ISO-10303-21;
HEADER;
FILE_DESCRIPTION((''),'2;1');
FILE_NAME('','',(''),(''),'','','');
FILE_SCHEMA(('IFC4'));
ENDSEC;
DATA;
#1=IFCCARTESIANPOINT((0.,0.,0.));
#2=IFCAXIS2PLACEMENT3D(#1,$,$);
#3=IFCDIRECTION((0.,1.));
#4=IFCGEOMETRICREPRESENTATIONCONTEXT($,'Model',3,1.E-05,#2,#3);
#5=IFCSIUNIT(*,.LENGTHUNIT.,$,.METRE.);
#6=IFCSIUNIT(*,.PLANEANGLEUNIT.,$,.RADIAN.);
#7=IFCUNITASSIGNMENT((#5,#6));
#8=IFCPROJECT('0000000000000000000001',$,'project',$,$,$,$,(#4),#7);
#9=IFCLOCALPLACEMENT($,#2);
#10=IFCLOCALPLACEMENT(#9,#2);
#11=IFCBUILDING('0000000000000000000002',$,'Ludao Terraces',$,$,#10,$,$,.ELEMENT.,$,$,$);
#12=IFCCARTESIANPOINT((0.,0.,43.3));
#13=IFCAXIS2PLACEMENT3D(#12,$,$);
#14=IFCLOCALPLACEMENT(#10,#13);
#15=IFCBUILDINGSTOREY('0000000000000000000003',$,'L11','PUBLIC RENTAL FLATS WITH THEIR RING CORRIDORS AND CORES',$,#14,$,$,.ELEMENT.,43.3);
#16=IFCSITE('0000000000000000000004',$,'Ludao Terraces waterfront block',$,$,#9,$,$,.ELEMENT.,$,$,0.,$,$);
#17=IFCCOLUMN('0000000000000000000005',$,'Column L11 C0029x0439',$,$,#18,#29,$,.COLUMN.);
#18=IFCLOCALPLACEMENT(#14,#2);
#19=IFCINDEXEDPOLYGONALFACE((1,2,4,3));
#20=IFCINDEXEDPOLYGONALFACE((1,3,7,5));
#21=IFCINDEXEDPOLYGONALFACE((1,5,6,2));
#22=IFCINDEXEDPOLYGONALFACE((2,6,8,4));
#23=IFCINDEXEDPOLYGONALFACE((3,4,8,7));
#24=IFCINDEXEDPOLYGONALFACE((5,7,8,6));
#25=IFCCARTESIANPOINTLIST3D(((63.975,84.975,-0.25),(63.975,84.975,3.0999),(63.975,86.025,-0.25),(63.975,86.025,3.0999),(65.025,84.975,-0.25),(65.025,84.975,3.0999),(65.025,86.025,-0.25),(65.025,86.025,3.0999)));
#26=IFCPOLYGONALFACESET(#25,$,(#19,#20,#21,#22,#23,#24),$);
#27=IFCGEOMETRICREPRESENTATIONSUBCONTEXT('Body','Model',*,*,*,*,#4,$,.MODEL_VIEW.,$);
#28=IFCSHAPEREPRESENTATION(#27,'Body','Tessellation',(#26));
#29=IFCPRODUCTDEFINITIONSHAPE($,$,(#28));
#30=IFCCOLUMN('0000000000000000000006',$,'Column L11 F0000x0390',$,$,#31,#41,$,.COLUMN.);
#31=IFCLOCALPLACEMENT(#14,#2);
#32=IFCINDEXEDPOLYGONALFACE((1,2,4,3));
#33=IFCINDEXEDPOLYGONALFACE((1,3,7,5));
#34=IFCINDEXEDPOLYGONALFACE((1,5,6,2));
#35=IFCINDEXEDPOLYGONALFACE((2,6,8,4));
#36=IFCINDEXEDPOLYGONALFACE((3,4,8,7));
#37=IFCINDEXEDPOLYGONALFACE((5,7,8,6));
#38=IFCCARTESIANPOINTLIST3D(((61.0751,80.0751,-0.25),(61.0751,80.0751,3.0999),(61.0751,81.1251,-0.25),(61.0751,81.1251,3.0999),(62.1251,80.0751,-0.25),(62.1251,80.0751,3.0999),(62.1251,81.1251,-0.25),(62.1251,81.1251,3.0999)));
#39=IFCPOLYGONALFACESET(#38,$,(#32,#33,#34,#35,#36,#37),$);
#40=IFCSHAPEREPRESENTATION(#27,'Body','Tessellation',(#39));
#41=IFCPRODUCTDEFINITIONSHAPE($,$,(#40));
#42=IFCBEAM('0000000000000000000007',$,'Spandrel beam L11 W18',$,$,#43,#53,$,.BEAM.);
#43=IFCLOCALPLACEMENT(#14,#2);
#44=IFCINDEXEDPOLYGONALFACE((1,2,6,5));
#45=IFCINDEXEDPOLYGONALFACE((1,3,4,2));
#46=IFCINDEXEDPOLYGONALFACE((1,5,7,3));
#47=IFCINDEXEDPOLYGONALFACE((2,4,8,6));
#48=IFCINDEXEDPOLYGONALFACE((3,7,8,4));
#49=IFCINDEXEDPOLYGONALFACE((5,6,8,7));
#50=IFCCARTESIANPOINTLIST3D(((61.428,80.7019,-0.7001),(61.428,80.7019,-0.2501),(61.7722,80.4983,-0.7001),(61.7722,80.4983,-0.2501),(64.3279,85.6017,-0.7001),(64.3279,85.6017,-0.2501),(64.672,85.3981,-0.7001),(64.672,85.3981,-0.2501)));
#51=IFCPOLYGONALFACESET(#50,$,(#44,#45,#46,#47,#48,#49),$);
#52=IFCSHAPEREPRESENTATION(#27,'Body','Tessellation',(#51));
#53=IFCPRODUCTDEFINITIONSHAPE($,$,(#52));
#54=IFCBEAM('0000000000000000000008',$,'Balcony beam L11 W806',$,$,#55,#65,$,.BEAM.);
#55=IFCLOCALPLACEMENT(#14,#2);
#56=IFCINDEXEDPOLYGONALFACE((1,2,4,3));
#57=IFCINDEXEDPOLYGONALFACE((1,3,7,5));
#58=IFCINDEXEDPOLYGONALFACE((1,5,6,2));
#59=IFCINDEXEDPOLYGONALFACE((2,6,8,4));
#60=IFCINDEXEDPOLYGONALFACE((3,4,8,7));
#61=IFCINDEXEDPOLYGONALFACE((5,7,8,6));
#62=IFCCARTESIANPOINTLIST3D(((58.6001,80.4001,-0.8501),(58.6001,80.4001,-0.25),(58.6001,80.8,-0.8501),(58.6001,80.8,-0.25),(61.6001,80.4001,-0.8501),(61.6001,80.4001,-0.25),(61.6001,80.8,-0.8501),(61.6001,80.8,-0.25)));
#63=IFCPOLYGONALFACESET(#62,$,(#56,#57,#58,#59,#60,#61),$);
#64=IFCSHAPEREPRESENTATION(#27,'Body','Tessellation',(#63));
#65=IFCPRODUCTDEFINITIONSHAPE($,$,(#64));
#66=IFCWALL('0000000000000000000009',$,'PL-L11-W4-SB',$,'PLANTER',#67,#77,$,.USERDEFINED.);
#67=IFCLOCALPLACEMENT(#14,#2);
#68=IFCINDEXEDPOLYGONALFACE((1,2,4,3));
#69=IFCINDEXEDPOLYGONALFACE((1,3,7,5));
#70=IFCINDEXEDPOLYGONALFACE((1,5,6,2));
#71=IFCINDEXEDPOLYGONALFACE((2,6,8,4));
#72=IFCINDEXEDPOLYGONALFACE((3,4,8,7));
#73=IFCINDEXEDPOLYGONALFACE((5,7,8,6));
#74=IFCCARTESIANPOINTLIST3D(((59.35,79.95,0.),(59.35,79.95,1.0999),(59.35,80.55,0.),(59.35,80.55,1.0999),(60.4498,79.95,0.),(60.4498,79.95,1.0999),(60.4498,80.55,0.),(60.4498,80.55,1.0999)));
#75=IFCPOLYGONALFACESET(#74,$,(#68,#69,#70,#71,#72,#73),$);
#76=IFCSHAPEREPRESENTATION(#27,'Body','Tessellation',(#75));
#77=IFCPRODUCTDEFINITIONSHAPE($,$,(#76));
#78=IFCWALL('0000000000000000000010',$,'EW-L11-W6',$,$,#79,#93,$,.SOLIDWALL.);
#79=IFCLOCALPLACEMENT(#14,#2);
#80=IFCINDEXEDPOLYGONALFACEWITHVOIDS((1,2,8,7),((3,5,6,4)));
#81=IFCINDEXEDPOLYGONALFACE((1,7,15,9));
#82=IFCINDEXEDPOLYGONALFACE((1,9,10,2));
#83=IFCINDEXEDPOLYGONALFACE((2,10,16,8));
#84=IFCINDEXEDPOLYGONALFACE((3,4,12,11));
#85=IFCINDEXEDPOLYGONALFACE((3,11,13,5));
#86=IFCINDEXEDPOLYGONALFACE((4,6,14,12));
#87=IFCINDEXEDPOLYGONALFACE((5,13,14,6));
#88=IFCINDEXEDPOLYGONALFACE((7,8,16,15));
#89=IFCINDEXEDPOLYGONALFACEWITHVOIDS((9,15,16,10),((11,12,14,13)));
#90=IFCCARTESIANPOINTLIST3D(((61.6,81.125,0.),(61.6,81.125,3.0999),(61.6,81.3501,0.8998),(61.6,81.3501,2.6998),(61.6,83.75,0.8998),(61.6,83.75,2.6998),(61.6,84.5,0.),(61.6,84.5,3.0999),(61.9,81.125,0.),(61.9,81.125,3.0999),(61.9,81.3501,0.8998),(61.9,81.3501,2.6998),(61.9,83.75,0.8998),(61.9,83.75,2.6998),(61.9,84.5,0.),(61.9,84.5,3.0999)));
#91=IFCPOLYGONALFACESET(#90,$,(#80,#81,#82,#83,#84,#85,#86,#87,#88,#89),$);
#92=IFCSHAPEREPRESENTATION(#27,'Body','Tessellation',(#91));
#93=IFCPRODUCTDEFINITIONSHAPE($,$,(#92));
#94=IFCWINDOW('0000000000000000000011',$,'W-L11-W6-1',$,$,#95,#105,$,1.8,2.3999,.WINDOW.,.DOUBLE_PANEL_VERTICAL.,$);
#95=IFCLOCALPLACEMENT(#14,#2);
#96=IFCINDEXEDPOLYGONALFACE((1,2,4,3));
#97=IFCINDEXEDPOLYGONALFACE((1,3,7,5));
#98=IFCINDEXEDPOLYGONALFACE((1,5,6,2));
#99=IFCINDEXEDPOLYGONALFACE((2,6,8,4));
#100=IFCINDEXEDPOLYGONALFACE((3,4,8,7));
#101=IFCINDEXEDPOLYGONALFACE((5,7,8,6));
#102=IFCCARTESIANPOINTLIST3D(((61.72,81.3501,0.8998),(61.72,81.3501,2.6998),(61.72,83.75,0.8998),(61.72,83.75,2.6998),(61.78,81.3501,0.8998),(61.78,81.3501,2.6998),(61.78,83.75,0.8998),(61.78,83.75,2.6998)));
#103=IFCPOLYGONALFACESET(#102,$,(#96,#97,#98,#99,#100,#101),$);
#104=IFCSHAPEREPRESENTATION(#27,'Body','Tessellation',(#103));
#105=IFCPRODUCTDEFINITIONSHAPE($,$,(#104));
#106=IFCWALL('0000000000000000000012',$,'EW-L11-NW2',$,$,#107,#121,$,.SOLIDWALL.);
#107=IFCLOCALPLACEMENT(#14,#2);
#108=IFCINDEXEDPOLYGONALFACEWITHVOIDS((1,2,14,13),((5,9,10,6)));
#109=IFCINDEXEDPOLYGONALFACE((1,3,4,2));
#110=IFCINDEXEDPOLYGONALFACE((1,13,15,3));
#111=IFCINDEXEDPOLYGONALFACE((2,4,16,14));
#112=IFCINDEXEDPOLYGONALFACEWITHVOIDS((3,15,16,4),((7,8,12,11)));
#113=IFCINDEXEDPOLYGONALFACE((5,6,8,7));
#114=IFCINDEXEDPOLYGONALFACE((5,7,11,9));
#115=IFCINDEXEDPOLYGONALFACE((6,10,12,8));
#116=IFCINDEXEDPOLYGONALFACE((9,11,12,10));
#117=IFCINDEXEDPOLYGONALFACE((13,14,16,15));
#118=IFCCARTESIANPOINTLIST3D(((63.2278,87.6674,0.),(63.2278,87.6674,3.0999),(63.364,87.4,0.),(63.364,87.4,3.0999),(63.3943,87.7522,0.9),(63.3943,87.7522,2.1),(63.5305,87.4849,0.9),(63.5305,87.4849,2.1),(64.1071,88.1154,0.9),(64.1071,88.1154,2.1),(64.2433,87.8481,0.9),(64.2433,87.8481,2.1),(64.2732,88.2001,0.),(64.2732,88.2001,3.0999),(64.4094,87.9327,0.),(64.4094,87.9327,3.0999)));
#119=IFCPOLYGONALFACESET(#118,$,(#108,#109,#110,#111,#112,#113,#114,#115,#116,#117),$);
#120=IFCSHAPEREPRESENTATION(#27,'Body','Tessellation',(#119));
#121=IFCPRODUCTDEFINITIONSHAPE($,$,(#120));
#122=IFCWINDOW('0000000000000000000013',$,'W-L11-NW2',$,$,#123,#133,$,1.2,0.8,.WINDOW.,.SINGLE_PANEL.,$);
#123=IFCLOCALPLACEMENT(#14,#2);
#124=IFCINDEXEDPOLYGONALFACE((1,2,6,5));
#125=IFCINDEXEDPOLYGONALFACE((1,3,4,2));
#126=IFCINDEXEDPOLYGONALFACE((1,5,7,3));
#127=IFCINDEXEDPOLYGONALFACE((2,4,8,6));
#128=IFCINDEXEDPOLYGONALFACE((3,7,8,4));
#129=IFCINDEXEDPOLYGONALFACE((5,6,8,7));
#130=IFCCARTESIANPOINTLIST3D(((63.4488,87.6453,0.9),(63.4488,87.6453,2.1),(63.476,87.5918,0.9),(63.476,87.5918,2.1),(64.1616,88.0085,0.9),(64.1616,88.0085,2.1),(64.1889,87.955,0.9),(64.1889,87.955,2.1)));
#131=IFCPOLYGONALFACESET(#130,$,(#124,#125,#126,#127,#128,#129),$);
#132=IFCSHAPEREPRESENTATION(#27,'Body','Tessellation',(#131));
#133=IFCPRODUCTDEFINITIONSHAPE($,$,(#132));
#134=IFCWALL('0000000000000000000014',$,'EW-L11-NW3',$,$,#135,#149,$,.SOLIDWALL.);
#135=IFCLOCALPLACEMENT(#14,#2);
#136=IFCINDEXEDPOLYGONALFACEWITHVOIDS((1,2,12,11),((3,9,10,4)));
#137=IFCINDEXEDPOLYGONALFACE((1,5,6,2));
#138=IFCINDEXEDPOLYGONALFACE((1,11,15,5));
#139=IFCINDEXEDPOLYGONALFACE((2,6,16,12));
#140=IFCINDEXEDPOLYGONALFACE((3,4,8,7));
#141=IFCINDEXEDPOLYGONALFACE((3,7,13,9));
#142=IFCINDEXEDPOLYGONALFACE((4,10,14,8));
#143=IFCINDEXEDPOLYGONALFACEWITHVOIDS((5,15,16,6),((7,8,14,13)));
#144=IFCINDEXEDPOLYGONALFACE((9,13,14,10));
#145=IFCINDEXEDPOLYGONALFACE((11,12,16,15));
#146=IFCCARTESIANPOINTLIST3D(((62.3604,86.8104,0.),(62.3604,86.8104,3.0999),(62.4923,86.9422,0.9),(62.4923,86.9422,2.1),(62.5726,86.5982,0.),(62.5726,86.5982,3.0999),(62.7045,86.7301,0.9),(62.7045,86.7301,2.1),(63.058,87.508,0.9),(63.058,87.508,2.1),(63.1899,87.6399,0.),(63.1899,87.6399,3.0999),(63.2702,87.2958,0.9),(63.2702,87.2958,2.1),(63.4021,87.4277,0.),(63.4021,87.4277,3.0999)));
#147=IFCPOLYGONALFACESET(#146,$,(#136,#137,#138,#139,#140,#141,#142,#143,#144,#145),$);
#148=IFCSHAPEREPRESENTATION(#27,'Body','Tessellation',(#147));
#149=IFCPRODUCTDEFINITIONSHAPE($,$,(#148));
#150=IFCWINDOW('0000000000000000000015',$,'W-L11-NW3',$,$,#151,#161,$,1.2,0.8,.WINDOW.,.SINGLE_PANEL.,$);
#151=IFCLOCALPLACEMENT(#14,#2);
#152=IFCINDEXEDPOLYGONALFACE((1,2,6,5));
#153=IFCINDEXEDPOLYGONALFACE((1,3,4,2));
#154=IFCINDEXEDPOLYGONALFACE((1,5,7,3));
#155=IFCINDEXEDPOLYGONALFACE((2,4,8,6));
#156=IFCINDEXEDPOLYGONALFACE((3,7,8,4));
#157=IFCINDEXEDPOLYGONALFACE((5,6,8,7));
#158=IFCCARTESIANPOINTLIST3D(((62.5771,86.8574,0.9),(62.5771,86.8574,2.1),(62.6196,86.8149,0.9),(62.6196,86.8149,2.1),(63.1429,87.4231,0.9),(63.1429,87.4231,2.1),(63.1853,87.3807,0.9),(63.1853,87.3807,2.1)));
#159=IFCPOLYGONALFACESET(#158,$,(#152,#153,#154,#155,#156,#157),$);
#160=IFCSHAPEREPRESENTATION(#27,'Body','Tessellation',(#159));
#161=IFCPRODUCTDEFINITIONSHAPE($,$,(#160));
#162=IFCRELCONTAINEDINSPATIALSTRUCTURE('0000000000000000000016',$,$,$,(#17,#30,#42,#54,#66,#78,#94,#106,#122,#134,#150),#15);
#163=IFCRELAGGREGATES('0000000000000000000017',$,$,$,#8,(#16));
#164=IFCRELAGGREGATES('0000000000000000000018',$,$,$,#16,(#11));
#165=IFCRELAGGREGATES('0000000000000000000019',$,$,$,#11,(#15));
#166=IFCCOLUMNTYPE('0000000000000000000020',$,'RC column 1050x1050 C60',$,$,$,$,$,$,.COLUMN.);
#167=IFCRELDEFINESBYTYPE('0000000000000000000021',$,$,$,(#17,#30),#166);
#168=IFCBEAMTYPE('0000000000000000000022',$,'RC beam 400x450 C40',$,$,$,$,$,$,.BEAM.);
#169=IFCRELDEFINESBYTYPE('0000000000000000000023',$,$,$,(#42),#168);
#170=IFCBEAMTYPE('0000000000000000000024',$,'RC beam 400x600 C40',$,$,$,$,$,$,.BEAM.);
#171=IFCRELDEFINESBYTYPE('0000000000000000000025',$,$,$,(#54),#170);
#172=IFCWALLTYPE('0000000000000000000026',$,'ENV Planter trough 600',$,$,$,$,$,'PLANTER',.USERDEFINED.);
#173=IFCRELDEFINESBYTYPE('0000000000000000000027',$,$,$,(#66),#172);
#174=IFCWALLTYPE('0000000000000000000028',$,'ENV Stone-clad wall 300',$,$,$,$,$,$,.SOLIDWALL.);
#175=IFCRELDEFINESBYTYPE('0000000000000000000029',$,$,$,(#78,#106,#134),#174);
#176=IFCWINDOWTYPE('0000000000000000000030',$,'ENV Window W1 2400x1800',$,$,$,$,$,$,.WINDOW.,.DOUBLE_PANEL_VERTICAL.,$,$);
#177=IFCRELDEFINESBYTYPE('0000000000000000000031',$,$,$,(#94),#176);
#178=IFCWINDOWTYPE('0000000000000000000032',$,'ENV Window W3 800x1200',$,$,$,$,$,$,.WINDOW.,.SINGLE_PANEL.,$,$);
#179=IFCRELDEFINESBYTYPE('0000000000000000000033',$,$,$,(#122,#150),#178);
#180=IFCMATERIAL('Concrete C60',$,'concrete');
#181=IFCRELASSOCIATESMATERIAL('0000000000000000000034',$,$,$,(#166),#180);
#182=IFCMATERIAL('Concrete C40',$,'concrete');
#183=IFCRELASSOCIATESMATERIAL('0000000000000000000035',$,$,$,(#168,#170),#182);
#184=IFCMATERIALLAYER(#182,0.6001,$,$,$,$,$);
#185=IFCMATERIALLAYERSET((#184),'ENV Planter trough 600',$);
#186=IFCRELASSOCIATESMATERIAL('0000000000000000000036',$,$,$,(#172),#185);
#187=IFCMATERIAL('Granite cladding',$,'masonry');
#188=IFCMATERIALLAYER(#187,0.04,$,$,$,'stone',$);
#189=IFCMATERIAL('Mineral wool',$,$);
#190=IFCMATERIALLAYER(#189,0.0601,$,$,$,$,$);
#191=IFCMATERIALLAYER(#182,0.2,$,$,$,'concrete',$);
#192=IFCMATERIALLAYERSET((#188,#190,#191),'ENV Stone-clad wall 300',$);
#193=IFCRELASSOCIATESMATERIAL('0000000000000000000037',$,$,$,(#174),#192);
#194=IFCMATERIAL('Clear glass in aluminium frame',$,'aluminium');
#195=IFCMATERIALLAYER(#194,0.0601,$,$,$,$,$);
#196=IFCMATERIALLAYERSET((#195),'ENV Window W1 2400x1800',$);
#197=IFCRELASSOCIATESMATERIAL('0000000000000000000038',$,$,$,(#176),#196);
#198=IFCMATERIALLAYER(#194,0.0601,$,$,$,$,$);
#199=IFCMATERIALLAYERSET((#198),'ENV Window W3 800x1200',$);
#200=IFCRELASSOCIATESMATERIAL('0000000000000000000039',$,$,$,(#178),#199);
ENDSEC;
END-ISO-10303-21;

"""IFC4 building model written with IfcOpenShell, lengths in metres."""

from ifc_helpers import new_model, si_unit, direction, frame, frame_2d, origin, origin_2d, place, context, subcontext, project, spatial, rectangle, extrude, material, layer, layer_set, material_profile, profile_set, type_object, element, fill, save


model = new_model("IFC4")

# Units and contexts
model_context = context("Model", 3, precision=1e-05, world=origin(), true_north=direction((0.0, 1.0)))
body_context = subcontext(model_context, "Body", "Model", "MODEL_VIEW")
ifc_project = project(units=[si_unit("LENGTHUNIT", "METRE"), si_unit("PLANEANGLEUNIT", "RADIAN")], contexts=[model_context])

# Site, building, storey
site_placement = place(None, origin())
site = spatial("IfcSite", under=ifc_project, at=site_placement, Name="Ludao Terraces waterfront block", CompositionType="ELEMENT", RefElevation=0.0)
building_placement = place(site_placement, origin())
building = spatial("IfcBuilding", under=site, at=building_placement, Name="Ludao Terraces", CompositionType="ELEMENT")
storey_placement = place(building_placement, frame((0.0, 0.0, 43.3)))
storey = spatial("IfcBuildingStorey", under=building, at=storey_placement, Name="L11", Description="PUBLIC RENTAL FLATS WITH THEIR RING CORRIDORS AND CORES", CompositionType="ELEMENT", Elevation=43.3)

# Columns
ifc_material_1 = material(Name="Concrete C60", Category="concrete")
ifc_material_profile_1 = material_profile(ifc_material_1, rectangle(XDim=1.05, YDim=1.05, at=origin_2d()), Name="1050 X 1050")
ifc_profile_set_1 = profile_set([ifc_material_profile_1], Name="Concrete C60")
column_type = type_object("IfcColumnType", Name="RC column 1050x1050 C60", PredefinedType="COLUMN", material=ifc_profile_set_1)
for number, where, z_axis, x_axis, name in (
    (1, (64.5, 85.5, -0.25), (0.0, 0.0, 1.0), (1.0, 0.0, 0.0), "Column L11 C0029x0439"),
    (2, (61.6001, 80.6001, -0.25), (0.0, 0.0, 1.0), (1.0, 0.0, 0.0), "Column L11 F0000x0390"),
):
    element("IfcColumn", number, at=place(storey_placement, frame(where, z_axis=z_axis, x_axis=x_axis)), inside=storey, type_object=column_type, Name=name, PredefinedType="COLUMN", context=body_context, shape_type="SweptSolid", body=[
        extrude(rectangle(XDim=1.05, YDim=1.05, at=origin_2d()), origin(), (0.0, 0.0, 1.0), 3.3499),
    ])

# Beams
ifc_material_2 = material(Name="Concrete C40", Category="concrete")
ifc_material_profile_2 = material_profile(ifc_material_2, rectangle(XDim=0.3999, YDim=0.45, at=origin_2d()), Name="400 X 450")
ifc_profile_set_2 = profile_set([ifc_material_profile_2], Name="Concrete C40")
beam_type_1 = type_object("IfcBeamType", Name="RC beam 400x450 C40", PredefinedType="BEAM", material=ifc_profile_set_2)
beam_1_placement = place(storey_placement, frame((61.6001, 80.6001, -0.4751), z_axis=(0.509316, 0.86058, 0.0), x_axis=(-0.86058, 0.509316, 0.0)))
element("IfcBeam", 3, at=beam_1_placement, inside=storey, type_object=beam_type_1, Name="Spandrel beam L11 W18", PredefinedType="BEAM", context=body_context, shape_type="SweptSolid", body=[
    extrude(rectangle(XDim=0.3999, YDim=0.45, at=origin_2d()), origin(), (0.0, 0.0, 1.0), 5.6936),
])
ifc_material_profile_3 = material_profile(ifc_material_2, rectangle(XDim=0.3999, YDim=0.6001, at=origin_2d()), Name="400 X 600")
ifc_profile_set_3 = profile_set([ifc_material_profile_3], Name="Concrete C40")
beam_type_2 = type_object("IfcBeamType", Name="RC beam 400x600 C40", PredefinedType="BEAM", material=ifc_profile_set_3)
beam_2_placement = place(storey_placement, frame((61.6001, 80.6001, -0.55), z_axis=(-1.0, 0.0, 0.0), x_axis=(0.0, -1.0, 0.0)))
element("IfcBeam", 4, at=beam_2_placement, inside=storey, type_object=beam_type_2, Name="Balcony beam L11 W806", PredefinedType="BEAM", context=body_context, shape_type="SweptSolid", body=[
    extrude(rectangle(XDim=0.3999, YDim=0.6001, at=origin_2d()), origin(), (0.0, 0.0, 1.0), 3.0),
])

# Wall
ifc_layer_1 = layer(ifc_material_2, 0.6001)
ifc_layer_set_1 = layer_set([ifc_layer_1], Name="ENV Planter trough 600")
wall_type_1 = type_object("IfcWallType", Name="ENV Planter trough 600", ElementType="PLANTER", PredefinedType="USERDEFINED", material=ifc_layer_set_1)
wall_1_placement = place(storey_placement, frame((59.3501, 80.25, 0.0), z_axis=(0.0, 0.0, 1.0), x_axis=(1.0, 0.0, 0.0)))
element("IfcWall", 5, at=wall_1_placement, inside=storey, type_object=wall_type_1, Name="PL-L11-W4-SB", ObjectType="PLANTER", PredefinedType="USERDEFINED", context=body_context, shape_type="SweptSolid", body=[
    extrude(rectangle(XDim=1.0999, YDim=0.6001, at=frame_2d((0.5498, 0.0))), origin(), (0.0, 0.0, 1.0), 1.0999),
])

# Walls, openings, windows
ifc_material_3 = material(Name="Granite cladding", Category="masonry")
ifc_layer_2 = layer(ifc_material_3, 0.04, Category="stone")
ifc_material_4 = material(Name="Mineral wool")
ifc_layer_3 = layer(ifc_material_4, 0.0601)
ifc_layer_4 = layer(ifc_material_2, 0.2, Category="concrete")
ifc_layer_set_2 = layer_set([ifc_layer_2, ifc_layer_3, ifc_layer_4], Name="ENV Stone-clad wall 300")
wall_type_2 = type_object("IfcWallType", Name="ENV Stone-clad wall 300", PredefinedType="SOLIDWALL", material=ifc_layer_set_2)
wall_2_placement = place(storey_placement, frame((61.75, 81.125, 0.0), z_axis=(0.0, 0.0, 1.0), x_axis=(0.0, 1.0, 0.0)))
wall_2 = element("IfcWall", 6, at=wall_2_placement, inside=storey, type_object=wall_type_2, Name="EW-L11-W6", PredefinedType="SOLIDWALL", context=body_context, shape_type="SweptSolid", body=[
    extrude(rectangle(XDim=3.375, YDim=0.3, at=frame_2d((1.6875, 0.0))), origin(), (0.0, 0.0, 1.0), 3.0999),
])
opening_1_placement = place(wall_2_placement, frame((0.2251, 0.0, 0.8999)))
opening_1 = element("IfcOpeningElement", 7, at=opening_1_placement, cuts=wall_2, PredefinedType="OPENING", context=body_context, shape_type="SweptSolid", body=[
    extrude(rectangle(XDim=2.3999, YDim=1.8, at=frame_2d((1.2, 0.8999))), frame((0.0, 0.1602, 0.0), z_axis=(0.0, -1.0, 0.0), x_axis=(1.0, 0.0, 0.0)), (0.0, 0.0, 1.0), 0.3201),
])
ifc_material_5 = material(Name="Clear glass in aluminium frame", Category="aluminium")
ifc_layer_5 = layer(ifc_material_5, 0.0601)
ifc_layer_set_3 = layer_set([ifc_layer_5], Name="ENV Window W1 2400x1800")
window_type_1 = type_object("IfcWindowType", Name="ENV Window W1 2400x1800", PartitioningType="DOUBLE_PANEL_VERTICAL", PredefinedType="WINDOW", material=ifc_layer_set_3)
window_1_placement = place(opening_1_placement, origin())
window_1 = element("IfcWindow", 8, at=window_1_placement, inside=storey, type_object=window_type_1, Name="W-L11-W6-1", OverallHeight=1.8, OverallWidth=2.3999, PartitioningType="DOUBLE_PANEL_VERTICAL", PredefinedType="WINDOW", context=body_context, shape_type="SweptSolid", body=[
    extrude(rectangle(XDim=2.3999, YDim=1.8, at=frame_2d((1.2, 0.8999))), frame((0.0, 0.03, 0.0), z_axis=(0.0, -1.0, 0.0), x_axis=(1.0, 0.0, 0.0)), (0.0, 0.0, 1.0), 0.0601),
])
fill(opening_1, window_1)
wall_3_placement = place(storey_placement, frame((64.3413, 88.0664, 0.0), z_axis=(0.0, 0.0, 1.0), x_axis=(-0.890989, -0.454026, 0.0)))
wall_3 = element("IfcWall", 9, at=wall_3_placement, inside=storey, type_object=wall_type_2, Name="EW-L11-NW2", PredefinedType="SOLIDWALL", context=body_context, shape_type="SweptSolid", body=[
    extrude(rectangle(XDim=1.1733, YDim=0.3, at=frame_2d((0.5867, 0.0))), origin(), (0.0, 0.0, 1.0), 3.0999),
])
opening_2_placement = place(wall_3_placement, frame((0.1865, 0.0, 0.8999)))
opening_2 = element("IfcOpeningElement", 10, at=opening_2_placement, cuts=wall_3, PredefinedType="OPENING", context=body_context, shape_type="SweptSolid", body=[
    extrude(rectangle(XDim=0.8, YDim=1.2, at=frame_2d((0.3999, 0.6001))), frame((0.0, 0.1602, 0.0), z_axis=(0.0, -1.0, 0.0), x_axis=(1.0, 0.0, 0.0)), (0.0, 0.0, 1.0), 0.3201),
])
ifc_layer_6 = layer(ifc_material_5, 0.0601)
ifc_layer_set_4 = layer_set([ifc_layer_6], Name="ENV Window W3 800x1200")
window_type_2 = type_object("IfcWindowType", Name="ENV Window W3 800x1200", PartitioningType="SINGLE_PANEL", PredefinedType="WINDOW", material=ifc_layer_set_4)
window_2_placement = place(opening_2_placement, origin())
window_2 = element("IfcWindow", 11, at=window_2_placement, inside=storey, type_object=window_type_2, Name="W-L11-NW2", OverallHeight=1.2, OverallWidth=0.8, PartitioningType="SINGLE_PANEL", PredefinedType="WINDOW", context=body_context, shape_type="SweptSolid", body=[
    extrude(rectangle(XDim=0.8, YDim=1.2, at=frame_2d((0.3999, 0.6001))), frame((0.0, 0.03, 0.0), z_axis=(0.0, -1.0, 0.0), x_axis=(1.0, 0.0, 0.0)), (0.0, 0.0, 1.0), 0.0601),
])
fill(opening_2, window_2)
wall_4_placement = place(storey_placement, frame((63.2959, 87.5337, 0.0), z_axis=(0.0, 0.0, 1.0), x_axis=(-0.707107, -0.707107, 0.0)))
wall_4 = element("IfcWall", 12, at=wall_4_placement, inside=storey, type_object=wall_type_2, Name="EW-L11-NW3", PredefinedType="SOLIDWALL", context=body_context, shape_type="SweptSolid", body=[
    extrude(rectangle(XDim=1.1731, YDim=0.3, at=frame_2d((0.5864, 0.0))), origin(), (0.0, 0.0, 1.0), 3.0999),
])
opening_3_placement = place(wall_4_placement, frame((0.1865, 0.0, 0.8999)))
opening_3 = element("IfcOpeningElement", 13, at=opening_3_placement, cuts=wall_4, PredefinedType="OPENING", context=body_context, shape_type="SweptSolid", body=[
    extrude(rectangle(XDim=0.8, YDim=1.2, at=frame_2d((0.3999, 0.6001))), frame((0.0, 0.1602, 0.0), z_axis=(0.0, -1.0, 0.0), x_axis=(1.0, 0.0, 0.0)), (0.0, 0.0, 1.0), 0.3201),
])
window_3_placement = place(opening_3_placement, origin())
window_3 = element("IfcWindow", 14, at=window_3_placement, inside=storey, type_object=window_type_2, Name="W-L11-NW3", OverallHeight=1.2, OverallWidth=0.8, PartitioningType="SINGLE_PANEL", PredefinedType="WINDOW", context=body_context, shape_type="SweptSolid", body=[
    extrude(rectangle(XDim=0.8, YDim=1.2, at=frame_2d((0.3999, 0.6001))), frame((0.0, 0.03, 0.0), z_axis=(0.0, -1.0, 0.0), x_axis=(1.0, 0.0, 0.0)), (0.0, 0.0, 1.0), 0.0601),
])
fill(opening_3, window_3)

save(model, "model.ifc")
